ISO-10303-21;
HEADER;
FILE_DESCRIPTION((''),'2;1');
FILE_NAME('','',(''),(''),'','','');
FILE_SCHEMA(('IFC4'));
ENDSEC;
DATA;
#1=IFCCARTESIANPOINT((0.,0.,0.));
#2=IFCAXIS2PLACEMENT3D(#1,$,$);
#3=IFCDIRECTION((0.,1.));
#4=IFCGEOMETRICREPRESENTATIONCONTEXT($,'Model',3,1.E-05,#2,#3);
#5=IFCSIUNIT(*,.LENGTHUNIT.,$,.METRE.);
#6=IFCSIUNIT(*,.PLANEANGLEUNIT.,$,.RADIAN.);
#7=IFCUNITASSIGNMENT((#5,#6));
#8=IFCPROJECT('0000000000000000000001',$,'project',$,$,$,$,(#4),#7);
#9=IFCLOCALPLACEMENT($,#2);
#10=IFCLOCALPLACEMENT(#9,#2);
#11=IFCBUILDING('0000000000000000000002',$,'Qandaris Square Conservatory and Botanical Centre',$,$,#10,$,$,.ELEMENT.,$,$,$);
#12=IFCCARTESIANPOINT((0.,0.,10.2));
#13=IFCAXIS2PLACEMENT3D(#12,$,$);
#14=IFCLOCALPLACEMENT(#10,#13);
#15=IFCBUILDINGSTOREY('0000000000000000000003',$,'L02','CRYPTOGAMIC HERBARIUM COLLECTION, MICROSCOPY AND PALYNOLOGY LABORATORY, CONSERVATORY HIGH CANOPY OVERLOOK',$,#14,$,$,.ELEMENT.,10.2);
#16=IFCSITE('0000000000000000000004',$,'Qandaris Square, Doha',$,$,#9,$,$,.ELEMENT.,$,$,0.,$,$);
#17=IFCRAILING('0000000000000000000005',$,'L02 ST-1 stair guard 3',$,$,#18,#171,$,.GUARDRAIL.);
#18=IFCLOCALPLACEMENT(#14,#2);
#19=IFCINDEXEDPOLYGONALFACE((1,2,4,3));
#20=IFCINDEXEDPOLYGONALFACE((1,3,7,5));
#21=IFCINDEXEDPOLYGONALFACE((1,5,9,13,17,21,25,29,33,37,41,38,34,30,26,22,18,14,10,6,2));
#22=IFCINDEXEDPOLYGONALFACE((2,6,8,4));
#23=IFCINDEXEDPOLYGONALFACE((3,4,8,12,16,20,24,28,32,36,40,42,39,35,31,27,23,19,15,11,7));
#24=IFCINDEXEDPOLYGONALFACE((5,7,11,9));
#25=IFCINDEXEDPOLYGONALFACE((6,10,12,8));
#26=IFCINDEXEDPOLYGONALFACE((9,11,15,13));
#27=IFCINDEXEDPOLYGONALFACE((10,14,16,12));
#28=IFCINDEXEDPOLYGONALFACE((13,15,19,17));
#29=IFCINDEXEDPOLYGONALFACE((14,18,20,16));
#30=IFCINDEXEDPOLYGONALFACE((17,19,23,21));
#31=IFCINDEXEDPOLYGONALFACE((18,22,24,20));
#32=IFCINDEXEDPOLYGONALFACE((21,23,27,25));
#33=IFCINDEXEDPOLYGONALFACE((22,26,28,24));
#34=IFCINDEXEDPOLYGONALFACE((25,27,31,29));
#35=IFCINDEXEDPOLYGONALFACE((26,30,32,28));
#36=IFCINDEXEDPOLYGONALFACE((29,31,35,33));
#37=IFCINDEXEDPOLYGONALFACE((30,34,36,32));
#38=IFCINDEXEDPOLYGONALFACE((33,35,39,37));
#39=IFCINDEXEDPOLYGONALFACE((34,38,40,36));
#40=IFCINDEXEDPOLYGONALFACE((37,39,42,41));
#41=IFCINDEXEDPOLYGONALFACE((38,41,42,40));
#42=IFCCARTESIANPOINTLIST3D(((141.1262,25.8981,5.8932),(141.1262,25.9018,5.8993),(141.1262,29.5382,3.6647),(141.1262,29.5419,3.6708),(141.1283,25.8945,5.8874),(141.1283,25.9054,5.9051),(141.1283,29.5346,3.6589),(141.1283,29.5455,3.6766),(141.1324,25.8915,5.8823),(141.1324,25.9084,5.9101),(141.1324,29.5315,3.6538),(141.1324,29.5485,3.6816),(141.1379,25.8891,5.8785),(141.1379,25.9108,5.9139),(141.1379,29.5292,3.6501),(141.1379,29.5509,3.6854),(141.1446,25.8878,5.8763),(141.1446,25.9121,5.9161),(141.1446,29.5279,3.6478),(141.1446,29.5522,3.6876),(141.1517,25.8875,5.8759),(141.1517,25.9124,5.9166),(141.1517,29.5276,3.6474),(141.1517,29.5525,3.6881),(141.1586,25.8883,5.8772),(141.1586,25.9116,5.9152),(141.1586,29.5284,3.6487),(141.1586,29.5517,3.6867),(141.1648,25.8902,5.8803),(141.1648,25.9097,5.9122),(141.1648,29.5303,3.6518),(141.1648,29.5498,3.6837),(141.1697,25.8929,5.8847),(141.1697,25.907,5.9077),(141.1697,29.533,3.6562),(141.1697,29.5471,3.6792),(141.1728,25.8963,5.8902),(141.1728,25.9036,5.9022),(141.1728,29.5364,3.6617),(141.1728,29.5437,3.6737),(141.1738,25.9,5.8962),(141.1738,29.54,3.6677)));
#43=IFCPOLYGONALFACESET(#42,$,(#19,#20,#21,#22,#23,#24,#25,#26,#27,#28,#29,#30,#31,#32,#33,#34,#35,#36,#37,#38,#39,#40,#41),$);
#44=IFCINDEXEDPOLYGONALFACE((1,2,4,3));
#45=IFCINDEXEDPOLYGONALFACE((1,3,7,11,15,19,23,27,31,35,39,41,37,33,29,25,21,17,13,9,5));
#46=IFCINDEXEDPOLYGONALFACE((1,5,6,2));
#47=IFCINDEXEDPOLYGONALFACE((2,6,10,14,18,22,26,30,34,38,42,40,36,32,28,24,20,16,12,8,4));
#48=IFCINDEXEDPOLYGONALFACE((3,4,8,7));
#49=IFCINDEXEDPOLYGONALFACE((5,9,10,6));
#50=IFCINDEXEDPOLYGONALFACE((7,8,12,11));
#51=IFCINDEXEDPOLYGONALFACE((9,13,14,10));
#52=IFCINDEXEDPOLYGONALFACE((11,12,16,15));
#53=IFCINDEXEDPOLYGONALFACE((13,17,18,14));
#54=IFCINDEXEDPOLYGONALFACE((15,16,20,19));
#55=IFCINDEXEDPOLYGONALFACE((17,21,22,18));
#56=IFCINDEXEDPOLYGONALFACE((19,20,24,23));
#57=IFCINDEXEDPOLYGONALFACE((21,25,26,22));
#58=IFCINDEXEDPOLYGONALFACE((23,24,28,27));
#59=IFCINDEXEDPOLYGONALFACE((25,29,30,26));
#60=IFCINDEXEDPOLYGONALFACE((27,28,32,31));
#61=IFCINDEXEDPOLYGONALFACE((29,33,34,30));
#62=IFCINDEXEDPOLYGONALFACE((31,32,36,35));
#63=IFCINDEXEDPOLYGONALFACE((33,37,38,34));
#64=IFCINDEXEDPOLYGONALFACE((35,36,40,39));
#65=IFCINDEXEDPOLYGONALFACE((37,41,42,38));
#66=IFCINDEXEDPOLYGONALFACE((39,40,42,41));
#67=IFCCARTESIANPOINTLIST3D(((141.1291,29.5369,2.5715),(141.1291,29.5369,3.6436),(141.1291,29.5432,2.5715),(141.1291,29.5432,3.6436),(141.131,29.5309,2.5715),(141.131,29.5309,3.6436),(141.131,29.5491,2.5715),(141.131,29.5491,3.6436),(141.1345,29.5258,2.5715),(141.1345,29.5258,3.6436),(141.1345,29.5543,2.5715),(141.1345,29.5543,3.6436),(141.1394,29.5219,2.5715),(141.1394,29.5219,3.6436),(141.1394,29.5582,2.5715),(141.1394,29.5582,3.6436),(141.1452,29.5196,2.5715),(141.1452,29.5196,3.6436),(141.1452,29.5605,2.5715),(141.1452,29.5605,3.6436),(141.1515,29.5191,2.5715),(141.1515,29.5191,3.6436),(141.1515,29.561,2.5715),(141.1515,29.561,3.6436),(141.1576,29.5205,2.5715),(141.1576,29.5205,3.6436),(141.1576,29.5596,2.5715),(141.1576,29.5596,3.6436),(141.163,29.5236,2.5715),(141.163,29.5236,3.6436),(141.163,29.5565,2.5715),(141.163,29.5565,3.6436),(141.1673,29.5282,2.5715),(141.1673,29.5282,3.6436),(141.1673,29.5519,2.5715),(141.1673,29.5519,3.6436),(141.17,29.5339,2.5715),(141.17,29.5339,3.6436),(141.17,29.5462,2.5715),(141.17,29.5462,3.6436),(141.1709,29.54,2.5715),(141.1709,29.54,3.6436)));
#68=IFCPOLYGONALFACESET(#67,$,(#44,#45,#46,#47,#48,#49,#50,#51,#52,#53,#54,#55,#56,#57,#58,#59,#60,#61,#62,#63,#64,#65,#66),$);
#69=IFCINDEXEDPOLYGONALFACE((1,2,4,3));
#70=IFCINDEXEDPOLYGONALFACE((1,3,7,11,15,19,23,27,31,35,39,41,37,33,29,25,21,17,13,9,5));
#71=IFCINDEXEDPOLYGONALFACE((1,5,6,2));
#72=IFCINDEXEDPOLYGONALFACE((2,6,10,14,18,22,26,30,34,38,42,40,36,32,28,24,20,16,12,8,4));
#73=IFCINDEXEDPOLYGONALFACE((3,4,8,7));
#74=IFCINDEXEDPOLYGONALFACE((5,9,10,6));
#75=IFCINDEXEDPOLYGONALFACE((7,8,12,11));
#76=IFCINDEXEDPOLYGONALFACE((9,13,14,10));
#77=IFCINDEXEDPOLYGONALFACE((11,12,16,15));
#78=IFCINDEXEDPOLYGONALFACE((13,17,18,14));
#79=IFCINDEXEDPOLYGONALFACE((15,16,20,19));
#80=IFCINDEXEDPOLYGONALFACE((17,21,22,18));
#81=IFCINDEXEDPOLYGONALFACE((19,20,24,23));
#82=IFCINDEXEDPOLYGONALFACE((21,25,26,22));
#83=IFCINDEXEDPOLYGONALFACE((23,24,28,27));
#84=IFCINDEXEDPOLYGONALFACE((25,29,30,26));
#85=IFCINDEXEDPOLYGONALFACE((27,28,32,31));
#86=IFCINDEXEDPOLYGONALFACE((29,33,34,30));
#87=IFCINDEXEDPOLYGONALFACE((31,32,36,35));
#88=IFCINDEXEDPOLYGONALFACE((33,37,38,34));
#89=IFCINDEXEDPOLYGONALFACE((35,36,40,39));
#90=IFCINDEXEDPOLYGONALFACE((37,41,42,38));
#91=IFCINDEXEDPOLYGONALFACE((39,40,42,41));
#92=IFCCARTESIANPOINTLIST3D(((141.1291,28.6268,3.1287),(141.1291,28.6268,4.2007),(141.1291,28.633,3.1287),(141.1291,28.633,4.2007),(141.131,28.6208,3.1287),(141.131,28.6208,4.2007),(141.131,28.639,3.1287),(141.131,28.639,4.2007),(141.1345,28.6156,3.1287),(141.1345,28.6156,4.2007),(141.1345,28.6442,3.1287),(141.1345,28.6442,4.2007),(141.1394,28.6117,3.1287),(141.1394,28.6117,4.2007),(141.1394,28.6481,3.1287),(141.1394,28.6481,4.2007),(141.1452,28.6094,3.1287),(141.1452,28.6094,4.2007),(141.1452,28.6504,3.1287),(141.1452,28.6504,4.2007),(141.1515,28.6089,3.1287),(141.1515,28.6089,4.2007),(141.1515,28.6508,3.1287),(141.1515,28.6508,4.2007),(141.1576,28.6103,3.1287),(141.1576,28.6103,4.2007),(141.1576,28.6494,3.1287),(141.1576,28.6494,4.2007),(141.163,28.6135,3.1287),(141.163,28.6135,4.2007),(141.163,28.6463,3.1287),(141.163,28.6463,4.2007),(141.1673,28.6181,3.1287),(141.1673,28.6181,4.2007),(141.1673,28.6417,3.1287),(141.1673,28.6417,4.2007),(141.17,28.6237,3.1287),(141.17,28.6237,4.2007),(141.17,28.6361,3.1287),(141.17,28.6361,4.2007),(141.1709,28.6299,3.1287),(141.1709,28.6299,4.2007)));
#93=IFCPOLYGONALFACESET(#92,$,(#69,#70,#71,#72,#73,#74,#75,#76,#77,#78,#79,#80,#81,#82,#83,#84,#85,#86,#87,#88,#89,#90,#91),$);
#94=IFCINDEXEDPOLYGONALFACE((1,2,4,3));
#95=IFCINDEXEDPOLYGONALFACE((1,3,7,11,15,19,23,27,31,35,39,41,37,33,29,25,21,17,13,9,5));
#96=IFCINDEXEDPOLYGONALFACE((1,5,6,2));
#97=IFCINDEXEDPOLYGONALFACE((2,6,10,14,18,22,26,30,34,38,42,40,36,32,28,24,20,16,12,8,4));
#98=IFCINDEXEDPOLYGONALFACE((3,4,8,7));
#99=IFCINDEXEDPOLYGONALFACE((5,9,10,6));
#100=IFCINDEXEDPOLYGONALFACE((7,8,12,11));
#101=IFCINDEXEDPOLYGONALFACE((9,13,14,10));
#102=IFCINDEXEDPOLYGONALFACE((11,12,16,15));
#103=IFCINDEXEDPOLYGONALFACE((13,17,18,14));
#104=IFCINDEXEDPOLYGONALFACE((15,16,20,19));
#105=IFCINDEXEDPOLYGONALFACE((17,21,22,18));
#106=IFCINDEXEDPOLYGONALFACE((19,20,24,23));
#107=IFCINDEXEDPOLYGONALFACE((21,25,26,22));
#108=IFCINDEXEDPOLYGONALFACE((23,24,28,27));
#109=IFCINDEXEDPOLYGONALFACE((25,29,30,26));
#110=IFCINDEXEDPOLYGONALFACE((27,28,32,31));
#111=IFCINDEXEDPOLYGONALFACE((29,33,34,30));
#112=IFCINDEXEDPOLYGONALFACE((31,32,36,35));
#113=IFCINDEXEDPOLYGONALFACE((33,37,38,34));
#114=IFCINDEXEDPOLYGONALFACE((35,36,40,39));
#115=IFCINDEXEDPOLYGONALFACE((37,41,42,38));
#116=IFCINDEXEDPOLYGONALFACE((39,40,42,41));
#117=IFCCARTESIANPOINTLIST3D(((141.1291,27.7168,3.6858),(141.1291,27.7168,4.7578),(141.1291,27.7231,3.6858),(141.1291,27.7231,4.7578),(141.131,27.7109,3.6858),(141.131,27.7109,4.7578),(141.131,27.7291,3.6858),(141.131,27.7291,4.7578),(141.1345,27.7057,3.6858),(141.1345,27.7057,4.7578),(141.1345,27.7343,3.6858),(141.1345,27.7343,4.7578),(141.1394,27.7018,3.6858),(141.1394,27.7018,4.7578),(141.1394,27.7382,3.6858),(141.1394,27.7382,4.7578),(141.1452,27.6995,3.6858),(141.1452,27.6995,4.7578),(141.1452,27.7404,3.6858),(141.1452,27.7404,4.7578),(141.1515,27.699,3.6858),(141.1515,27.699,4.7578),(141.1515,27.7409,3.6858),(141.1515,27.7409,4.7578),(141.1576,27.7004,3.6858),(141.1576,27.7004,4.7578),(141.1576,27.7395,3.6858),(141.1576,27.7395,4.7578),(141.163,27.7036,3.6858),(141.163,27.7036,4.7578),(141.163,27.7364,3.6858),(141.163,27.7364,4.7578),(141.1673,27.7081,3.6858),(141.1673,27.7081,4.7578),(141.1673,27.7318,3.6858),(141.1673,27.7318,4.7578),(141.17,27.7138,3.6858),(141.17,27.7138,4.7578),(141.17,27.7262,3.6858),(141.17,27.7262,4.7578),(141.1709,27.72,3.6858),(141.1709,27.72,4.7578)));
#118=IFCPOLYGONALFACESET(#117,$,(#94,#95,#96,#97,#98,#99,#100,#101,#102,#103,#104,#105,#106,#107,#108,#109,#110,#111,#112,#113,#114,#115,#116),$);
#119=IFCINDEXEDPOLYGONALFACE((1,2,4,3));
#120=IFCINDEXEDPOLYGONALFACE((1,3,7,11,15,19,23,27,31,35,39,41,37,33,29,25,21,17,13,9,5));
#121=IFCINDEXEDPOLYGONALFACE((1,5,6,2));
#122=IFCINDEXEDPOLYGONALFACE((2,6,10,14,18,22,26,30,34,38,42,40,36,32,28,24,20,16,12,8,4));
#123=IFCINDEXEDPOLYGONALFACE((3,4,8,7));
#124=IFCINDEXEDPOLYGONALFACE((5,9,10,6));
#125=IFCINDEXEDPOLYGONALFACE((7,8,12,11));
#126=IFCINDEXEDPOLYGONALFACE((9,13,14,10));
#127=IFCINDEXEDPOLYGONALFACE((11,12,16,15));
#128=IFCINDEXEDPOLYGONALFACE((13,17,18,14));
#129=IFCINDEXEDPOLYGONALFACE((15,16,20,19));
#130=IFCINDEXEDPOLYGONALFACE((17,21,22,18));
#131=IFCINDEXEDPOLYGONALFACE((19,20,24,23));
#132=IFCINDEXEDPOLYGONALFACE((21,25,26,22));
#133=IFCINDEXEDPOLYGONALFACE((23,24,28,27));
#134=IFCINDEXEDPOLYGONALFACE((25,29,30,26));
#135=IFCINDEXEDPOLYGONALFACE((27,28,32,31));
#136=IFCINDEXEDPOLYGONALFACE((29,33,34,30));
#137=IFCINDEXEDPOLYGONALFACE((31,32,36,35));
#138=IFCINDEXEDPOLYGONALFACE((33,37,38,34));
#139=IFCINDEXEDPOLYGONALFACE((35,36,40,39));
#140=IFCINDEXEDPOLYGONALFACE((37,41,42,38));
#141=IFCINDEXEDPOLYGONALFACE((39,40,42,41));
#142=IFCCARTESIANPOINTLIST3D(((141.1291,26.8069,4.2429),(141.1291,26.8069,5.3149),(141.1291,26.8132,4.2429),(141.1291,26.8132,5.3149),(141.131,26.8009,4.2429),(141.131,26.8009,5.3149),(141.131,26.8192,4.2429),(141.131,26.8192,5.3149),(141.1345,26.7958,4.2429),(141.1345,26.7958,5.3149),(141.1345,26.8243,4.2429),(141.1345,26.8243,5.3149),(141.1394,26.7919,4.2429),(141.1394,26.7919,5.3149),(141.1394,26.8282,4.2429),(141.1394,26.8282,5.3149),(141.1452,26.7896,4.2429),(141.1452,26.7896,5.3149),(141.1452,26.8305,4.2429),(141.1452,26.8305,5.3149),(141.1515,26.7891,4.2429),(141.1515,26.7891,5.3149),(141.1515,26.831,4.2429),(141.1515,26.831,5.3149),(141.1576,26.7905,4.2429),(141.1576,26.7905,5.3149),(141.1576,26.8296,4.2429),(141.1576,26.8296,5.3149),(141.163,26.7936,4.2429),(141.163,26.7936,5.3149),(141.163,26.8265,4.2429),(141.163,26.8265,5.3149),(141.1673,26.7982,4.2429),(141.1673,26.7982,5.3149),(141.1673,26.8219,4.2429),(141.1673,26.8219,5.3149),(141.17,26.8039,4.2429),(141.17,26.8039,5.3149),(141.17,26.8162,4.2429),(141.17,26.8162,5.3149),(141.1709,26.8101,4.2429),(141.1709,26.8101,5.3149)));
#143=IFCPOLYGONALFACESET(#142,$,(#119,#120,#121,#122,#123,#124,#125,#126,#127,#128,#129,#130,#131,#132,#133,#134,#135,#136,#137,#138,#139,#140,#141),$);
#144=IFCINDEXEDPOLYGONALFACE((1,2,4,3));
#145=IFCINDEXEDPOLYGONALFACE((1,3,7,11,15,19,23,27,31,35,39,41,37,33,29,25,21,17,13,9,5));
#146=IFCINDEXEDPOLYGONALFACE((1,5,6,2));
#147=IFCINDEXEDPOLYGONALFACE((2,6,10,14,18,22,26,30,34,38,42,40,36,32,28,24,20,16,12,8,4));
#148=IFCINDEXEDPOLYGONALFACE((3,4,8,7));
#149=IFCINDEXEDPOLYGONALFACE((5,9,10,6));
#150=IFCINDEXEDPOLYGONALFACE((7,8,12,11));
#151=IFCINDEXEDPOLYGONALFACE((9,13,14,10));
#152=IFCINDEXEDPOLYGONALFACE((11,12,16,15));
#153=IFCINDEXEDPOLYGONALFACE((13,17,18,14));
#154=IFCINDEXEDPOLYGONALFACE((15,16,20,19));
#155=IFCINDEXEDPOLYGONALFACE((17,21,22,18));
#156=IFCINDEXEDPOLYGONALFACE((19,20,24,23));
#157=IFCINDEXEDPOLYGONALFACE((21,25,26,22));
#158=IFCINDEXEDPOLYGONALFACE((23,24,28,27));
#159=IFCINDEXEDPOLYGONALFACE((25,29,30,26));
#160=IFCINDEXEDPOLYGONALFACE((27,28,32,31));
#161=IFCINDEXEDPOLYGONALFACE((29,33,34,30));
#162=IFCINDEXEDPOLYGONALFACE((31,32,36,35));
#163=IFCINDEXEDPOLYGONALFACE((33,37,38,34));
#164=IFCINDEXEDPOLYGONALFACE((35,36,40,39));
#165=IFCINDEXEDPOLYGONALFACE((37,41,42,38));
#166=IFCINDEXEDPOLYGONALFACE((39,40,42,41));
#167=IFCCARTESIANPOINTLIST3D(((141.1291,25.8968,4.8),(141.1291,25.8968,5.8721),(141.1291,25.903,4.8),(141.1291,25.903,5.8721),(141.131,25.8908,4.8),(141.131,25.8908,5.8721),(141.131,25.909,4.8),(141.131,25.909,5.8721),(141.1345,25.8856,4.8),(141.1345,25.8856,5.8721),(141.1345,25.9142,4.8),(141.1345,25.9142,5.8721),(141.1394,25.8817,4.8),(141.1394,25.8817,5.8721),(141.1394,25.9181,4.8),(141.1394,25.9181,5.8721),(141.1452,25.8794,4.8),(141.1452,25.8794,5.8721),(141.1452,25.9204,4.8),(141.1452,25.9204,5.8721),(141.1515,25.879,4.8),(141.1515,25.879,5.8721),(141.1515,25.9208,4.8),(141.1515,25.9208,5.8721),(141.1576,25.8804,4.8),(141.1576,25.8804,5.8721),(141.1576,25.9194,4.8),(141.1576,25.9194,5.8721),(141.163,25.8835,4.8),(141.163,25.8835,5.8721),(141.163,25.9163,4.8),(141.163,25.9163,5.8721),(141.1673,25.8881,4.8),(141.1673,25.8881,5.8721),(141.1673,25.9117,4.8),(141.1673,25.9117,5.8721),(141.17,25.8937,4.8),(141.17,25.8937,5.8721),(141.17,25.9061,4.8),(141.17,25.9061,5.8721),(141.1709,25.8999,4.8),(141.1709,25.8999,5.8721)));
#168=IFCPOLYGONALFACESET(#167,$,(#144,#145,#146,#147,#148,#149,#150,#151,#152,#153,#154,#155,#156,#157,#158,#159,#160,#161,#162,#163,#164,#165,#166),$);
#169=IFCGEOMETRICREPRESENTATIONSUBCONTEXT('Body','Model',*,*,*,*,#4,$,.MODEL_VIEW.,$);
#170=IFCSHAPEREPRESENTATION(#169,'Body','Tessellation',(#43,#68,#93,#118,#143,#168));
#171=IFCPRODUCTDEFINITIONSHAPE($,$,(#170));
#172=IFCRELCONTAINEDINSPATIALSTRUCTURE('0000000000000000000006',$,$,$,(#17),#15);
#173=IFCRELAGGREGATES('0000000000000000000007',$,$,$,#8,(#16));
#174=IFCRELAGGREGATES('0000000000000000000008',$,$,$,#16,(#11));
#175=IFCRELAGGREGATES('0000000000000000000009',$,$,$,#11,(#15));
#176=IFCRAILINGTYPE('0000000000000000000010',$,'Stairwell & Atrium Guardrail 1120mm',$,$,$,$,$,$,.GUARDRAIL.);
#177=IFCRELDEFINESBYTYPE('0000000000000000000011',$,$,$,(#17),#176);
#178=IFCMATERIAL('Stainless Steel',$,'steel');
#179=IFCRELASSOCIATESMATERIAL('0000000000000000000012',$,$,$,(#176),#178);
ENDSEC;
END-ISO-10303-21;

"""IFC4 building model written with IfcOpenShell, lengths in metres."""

from ifc_helpers import new_model, si_unit, direction, frame, origin, origin_2d, place, context, subcontext, project, spatial, circle, extrude, material, type_object, element, save


model = new_model("IFC4")

# Units and contexts
model_context = context("Model", 3, precision=1e-05, world=origin(), true_north=direction((0.0, 1.0)))
body_context = subcontext(model_context, "Body", "Model", "MODEL_VIEW")
ifc_project = project(units=[si_unit("LENGTHUNIT", "METRE"), si_unit("PLANEANGLEUNIT", "RADIAN")], contexts=[model_context])

# Site, building, storey
site_placement = place(None, origin())
site = spatial("IfcSite", under=ifc_project, at=site_placement, Name="Qandaris Square, Doha", CompositionType="ELEMENT", RefElevation=0.0)
building_placement = place(site_placement, origin())
building = spatial("IfcBuilding", under=site, at=building_placement, Name="Qandaris Square Conservatory and Botanical Centre", CompositionType="ELEMENT")
storey_placement = place(building_placement, frame((0.0, 0.0, 10.2)))
storey = spatial("IfcBuildingStorey", under=building, at=storey_placement, Name="L02", Description="CRYPTOGAMIC HERBARIUM COLLECTION, MICROSCOPY AND PALYNOLOGY LABORATORY, CONSERVATORY HIGH CANOPY OVERLOOK", CompositionType="ELEMENT", Elevation=10.2)

# Railing
ifc_material_1 = material(Name="Stainless Steel", Category="steel")
railing_type_1 = type_object("IfcRailingType", Name="Stairwell & Atrium Guardrail 1120mm", PredefinedType="GUARDRAIL", material=ifc_material_1)
railing_1_placement = place(storey_placement, frame((141.1499, 29.54, 2.5715)))
element("IfcRailing", 1, at=railing_1_placement, inside=storey, type_object=railing_type_1, Name="L02 ST-1 stair guard 3", PredefinedType="GUARDRAIL", context=body_context, shape_type="SweptSolid", body=[
    extrude(circle(Radius=0.0239, at=origin_2d()), frame((0.0, 0.0, 1.0962), z_axis=(0.0, -0.852866, 0.52213), x_axis=(1.0, 0.0, 0.0)), (0.0, 0.0, 1.0), 4.2681),
    extrude(circle(Radius=0.021, at=origin_2d()), origin(), (0.0, 0.0, 1.0), 1.072),
    extrude(circle(Radius=0.021, at=origin_2d()), frame((0.0, -0.9102, 0.5571)), (0.0, 0.0, 1.0), 1.072),
    extrude(circle(Radius=0.021, at=origin_2d()), frame((0.0, -1.8201, 1.1143)), (0.0, 0.0, 1.0), 1.072),
    extrude(circle(Radius=0.021, at=origin_2d()), frame((0.0, -2.73, 1.6714)), (0.0, 0.0, 1.0), 1.072),
    extrude(circle(Radius=0.021, at=origin_2d()), frame((0.0, -3.6401, 2.2285)), (0.0, 0.0, 1.0), 1.072),
])

save(model, "model.ifc")
